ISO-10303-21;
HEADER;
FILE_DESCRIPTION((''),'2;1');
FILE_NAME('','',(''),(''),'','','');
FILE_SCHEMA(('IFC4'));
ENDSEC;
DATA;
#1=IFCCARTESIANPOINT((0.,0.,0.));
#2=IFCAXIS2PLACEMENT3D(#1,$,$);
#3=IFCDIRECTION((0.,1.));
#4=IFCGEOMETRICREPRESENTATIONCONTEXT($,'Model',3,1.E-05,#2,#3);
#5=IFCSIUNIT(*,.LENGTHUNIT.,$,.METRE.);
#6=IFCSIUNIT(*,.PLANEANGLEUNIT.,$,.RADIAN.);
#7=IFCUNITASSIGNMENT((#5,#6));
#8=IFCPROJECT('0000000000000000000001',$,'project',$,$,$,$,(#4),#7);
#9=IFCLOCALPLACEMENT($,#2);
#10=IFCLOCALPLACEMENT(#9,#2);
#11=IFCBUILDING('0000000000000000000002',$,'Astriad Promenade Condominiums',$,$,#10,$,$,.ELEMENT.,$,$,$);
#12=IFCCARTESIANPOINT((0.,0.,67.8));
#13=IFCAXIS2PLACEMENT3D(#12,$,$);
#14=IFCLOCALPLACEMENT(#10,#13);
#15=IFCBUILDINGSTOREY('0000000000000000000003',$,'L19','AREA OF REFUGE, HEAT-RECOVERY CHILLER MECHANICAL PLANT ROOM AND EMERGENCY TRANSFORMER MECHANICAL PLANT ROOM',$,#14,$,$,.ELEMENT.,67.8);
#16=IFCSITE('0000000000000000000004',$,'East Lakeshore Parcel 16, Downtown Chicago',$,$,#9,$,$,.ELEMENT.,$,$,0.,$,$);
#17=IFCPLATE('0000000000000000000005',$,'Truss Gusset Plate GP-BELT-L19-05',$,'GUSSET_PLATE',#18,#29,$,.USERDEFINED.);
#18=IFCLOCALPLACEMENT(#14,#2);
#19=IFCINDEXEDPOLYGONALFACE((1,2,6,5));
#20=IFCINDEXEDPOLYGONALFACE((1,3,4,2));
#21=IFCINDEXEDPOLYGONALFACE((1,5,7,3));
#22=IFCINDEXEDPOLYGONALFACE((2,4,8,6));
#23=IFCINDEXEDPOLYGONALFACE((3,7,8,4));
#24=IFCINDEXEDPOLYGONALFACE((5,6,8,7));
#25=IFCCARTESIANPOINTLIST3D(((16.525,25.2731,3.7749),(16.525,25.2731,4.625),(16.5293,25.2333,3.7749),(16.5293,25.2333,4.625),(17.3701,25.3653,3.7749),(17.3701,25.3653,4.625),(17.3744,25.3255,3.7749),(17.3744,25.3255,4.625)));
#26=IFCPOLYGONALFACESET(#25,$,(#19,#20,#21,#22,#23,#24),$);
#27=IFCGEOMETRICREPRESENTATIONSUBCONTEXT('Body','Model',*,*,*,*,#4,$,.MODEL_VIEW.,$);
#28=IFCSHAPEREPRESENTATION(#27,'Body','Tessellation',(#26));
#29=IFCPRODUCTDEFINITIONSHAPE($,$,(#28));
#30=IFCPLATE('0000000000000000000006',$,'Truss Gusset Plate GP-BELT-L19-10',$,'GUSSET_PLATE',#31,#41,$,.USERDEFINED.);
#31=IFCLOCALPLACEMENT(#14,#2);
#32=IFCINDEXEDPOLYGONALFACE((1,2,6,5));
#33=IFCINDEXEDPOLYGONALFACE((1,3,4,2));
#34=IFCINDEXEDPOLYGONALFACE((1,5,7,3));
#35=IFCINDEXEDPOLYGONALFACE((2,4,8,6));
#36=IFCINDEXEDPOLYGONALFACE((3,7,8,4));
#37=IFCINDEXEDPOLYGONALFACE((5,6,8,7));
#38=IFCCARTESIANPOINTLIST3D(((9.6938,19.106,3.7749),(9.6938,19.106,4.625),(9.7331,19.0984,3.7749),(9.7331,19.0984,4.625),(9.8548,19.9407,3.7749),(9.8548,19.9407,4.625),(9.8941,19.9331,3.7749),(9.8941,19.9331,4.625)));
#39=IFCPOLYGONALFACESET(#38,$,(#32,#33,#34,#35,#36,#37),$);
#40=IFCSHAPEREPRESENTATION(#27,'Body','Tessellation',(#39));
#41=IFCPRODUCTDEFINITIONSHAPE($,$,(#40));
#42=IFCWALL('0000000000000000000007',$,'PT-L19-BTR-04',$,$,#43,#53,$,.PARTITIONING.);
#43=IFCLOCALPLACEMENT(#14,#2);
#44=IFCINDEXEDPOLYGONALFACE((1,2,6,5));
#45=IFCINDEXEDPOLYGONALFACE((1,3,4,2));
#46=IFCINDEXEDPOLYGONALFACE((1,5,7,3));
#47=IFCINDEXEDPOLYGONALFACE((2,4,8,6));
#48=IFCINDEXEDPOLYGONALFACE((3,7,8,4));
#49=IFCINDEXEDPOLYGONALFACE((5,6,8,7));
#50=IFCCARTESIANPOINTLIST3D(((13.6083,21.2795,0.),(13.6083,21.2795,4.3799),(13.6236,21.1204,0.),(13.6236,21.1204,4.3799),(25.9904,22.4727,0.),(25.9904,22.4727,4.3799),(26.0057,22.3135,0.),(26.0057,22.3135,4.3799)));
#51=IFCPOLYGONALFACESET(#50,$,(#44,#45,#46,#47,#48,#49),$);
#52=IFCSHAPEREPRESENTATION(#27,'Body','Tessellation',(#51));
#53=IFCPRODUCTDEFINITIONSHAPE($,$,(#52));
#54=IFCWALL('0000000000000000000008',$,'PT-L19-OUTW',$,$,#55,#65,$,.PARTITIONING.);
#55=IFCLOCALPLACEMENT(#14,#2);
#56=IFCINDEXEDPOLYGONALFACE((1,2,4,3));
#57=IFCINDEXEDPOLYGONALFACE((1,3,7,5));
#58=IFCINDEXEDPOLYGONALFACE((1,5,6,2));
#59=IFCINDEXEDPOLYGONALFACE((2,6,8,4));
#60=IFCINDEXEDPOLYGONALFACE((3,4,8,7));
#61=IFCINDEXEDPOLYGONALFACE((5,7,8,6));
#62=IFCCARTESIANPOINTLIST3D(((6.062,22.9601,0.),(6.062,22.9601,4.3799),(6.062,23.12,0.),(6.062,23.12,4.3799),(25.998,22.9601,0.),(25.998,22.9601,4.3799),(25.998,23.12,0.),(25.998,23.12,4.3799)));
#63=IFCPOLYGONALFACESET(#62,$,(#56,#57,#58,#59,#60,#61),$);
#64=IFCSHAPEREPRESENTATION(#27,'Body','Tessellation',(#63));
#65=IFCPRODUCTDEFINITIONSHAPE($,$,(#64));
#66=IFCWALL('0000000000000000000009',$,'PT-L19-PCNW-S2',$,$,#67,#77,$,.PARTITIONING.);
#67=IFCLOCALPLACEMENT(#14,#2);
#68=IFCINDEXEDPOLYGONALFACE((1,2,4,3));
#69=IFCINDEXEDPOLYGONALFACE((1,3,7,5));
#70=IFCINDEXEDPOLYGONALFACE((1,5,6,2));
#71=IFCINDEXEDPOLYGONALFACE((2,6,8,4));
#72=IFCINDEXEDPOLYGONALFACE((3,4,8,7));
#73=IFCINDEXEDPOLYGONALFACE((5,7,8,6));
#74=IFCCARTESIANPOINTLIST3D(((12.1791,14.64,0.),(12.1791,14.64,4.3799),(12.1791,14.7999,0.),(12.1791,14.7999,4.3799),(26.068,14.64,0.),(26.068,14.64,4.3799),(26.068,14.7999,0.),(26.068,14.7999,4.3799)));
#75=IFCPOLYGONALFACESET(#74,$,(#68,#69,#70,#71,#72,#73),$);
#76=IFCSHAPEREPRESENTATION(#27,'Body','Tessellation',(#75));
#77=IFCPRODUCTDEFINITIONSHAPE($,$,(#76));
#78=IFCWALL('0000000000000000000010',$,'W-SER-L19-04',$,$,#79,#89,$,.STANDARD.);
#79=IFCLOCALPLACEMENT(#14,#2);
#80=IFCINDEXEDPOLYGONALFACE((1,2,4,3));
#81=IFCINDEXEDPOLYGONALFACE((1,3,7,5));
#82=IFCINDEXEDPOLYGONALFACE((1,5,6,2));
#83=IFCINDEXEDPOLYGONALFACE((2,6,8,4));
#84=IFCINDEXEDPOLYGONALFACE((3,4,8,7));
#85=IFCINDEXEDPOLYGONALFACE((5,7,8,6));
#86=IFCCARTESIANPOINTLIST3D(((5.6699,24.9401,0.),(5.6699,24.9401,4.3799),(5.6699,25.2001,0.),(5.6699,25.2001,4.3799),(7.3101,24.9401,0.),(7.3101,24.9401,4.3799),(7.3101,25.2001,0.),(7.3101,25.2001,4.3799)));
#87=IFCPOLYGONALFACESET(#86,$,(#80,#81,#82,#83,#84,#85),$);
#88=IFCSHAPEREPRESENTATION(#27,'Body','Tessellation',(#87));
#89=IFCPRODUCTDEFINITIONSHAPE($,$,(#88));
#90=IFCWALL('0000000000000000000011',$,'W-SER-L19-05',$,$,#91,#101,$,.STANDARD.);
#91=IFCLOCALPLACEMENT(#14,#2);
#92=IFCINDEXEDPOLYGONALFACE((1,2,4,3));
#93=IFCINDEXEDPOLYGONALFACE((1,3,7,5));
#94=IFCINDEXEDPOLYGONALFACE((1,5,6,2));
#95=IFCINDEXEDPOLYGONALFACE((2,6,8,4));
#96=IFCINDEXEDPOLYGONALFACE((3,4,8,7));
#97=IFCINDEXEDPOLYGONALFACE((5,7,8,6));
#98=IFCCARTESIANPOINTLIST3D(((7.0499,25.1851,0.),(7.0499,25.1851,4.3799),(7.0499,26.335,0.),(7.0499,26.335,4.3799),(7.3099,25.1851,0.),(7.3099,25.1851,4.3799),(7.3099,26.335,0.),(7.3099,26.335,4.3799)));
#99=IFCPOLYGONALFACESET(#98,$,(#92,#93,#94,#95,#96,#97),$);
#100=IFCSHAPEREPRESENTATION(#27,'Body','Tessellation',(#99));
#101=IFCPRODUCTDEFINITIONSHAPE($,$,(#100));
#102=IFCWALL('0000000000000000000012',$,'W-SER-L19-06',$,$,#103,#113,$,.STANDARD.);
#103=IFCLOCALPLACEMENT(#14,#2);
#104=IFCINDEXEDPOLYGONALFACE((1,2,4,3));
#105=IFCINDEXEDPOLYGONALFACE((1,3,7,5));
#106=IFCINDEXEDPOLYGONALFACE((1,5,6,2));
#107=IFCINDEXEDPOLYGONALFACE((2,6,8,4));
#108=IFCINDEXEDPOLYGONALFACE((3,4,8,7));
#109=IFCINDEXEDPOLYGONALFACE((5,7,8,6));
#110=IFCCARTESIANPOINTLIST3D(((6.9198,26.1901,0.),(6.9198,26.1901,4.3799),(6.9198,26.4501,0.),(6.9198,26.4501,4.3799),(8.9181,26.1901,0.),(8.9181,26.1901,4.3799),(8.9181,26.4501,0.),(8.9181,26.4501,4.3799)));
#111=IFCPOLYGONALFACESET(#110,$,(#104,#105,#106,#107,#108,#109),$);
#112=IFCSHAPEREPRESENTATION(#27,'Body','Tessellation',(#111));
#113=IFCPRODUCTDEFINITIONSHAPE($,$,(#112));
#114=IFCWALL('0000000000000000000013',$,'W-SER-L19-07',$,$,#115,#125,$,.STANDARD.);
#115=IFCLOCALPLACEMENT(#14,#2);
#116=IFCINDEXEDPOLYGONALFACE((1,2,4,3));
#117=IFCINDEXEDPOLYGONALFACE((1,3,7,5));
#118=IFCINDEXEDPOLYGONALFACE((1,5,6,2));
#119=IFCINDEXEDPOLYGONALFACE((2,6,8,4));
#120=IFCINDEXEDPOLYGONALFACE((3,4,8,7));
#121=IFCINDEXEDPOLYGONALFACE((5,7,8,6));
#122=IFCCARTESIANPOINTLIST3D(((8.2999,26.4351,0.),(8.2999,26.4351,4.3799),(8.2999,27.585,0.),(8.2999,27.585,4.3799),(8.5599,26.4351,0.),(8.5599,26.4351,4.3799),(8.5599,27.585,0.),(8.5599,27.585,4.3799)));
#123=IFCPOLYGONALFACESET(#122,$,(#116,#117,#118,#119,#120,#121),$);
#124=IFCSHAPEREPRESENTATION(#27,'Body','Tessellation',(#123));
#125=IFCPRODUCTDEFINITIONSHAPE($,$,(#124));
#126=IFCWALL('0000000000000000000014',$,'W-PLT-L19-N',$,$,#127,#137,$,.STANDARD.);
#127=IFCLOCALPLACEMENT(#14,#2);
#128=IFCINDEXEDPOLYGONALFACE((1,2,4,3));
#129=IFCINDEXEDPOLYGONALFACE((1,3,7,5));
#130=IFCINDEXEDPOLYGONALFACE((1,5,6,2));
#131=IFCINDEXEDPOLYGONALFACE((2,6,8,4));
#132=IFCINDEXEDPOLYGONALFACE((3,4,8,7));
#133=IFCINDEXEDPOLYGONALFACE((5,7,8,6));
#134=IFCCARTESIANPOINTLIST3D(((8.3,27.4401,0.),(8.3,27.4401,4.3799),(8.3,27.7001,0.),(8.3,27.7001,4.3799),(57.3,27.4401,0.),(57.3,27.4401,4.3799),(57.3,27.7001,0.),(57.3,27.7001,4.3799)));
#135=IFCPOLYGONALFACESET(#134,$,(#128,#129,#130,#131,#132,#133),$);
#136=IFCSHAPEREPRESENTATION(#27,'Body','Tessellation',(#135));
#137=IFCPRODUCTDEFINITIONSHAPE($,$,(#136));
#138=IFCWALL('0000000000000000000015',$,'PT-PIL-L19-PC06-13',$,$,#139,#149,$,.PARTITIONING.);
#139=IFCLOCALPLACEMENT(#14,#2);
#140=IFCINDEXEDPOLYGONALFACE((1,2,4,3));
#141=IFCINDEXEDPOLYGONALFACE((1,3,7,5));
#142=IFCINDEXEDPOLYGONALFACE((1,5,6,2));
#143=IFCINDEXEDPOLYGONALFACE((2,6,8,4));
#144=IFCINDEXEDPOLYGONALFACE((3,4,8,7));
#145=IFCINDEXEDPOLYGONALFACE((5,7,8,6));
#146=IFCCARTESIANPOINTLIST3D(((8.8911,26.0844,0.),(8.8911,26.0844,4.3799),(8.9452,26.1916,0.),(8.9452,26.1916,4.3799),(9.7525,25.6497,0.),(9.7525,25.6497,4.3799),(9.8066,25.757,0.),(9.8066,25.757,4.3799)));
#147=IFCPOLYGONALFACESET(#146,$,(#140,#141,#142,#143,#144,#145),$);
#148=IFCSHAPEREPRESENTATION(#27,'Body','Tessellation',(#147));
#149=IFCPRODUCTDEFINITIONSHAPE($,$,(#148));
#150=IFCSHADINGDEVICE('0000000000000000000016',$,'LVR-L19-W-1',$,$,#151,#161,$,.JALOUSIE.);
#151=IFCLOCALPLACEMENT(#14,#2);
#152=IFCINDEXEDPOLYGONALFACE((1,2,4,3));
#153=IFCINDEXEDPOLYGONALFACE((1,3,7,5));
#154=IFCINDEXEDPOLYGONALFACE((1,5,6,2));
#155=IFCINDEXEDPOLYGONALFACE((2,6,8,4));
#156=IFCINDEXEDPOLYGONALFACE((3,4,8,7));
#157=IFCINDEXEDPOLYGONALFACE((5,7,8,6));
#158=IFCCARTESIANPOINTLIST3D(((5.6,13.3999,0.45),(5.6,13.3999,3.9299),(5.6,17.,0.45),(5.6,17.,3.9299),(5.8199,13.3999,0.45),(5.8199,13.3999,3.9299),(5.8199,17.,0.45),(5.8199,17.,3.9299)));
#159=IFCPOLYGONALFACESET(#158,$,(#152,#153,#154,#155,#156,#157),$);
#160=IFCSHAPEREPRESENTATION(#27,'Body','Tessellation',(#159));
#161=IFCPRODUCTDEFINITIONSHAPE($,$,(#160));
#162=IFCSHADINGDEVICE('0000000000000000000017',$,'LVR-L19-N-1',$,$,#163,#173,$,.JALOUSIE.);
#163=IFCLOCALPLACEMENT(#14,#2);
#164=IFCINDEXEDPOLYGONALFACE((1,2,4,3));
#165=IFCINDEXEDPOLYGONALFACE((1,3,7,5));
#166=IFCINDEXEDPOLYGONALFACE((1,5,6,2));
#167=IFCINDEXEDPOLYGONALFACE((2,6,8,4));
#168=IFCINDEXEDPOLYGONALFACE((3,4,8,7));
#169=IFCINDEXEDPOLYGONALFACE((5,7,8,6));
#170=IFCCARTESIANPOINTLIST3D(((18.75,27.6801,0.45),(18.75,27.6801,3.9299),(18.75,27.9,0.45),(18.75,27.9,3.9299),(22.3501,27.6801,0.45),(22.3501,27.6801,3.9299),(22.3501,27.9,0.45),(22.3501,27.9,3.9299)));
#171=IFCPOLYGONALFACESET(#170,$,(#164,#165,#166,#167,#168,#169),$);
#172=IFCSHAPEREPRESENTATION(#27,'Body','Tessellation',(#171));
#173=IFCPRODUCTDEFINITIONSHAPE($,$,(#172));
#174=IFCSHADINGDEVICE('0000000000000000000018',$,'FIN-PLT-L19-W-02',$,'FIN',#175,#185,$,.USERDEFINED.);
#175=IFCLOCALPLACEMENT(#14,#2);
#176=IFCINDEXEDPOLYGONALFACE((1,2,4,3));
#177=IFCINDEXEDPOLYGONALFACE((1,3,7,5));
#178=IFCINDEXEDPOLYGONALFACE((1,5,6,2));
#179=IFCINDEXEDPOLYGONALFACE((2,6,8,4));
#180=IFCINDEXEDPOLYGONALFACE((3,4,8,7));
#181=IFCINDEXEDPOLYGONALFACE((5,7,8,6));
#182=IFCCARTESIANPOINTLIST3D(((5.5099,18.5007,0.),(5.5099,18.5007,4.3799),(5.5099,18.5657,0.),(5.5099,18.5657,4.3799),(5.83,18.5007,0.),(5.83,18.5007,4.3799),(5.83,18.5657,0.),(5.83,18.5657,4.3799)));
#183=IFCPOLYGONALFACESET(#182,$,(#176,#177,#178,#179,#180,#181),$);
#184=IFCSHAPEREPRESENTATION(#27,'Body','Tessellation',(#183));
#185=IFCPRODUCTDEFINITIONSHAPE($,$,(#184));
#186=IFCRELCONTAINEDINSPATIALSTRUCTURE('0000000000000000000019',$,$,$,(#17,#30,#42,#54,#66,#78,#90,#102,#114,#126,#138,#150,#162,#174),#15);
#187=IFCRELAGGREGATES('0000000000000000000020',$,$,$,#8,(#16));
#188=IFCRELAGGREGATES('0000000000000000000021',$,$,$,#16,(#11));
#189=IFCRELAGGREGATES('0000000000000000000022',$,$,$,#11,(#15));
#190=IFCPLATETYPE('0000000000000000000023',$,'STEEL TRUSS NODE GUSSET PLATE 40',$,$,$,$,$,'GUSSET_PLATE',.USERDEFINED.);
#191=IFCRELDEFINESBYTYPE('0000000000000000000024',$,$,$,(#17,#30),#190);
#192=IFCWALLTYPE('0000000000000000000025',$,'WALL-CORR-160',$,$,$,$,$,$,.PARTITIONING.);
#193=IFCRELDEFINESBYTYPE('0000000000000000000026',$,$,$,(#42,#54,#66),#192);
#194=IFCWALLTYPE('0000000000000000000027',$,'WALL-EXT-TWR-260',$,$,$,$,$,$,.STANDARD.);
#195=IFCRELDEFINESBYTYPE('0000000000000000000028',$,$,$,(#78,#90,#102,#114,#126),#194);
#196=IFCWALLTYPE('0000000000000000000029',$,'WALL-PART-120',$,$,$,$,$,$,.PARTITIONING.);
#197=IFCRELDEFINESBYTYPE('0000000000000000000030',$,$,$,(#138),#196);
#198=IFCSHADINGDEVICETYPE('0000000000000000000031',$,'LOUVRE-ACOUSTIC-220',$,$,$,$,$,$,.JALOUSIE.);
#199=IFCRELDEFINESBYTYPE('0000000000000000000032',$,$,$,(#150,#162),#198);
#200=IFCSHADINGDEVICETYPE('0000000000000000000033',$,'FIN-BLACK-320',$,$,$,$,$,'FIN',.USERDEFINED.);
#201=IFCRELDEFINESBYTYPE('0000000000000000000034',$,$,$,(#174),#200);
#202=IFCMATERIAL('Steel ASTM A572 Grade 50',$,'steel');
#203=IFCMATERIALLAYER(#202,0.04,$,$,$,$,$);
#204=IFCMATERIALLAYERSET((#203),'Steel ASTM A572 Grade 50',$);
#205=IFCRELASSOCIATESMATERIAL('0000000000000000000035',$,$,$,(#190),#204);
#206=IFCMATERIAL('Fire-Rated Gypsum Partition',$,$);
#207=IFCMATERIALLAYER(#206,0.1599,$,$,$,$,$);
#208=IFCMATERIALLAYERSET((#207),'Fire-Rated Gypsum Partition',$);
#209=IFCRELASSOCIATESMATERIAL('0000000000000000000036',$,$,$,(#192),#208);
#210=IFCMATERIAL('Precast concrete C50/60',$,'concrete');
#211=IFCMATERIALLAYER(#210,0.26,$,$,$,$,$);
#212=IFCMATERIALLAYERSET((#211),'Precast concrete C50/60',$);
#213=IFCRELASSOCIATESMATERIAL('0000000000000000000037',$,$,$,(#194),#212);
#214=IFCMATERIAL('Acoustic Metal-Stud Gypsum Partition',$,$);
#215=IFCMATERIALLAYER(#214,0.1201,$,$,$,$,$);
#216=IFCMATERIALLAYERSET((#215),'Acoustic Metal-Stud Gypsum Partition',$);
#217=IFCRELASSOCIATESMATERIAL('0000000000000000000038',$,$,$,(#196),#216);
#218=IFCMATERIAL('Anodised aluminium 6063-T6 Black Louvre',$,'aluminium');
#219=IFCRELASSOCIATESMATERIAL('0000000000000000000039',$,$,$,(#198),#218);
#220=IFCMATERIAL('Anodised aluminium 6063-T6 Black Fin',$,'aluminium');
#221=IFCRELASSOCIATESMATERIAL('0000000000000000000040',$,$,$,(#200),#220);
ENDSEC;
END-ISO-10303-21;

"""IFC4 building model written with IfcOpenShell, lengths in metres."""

from ifc_helpers import new_model, si_unit, direction, frame, frame_2d, origin, origin_2d, place, context, subcontext, project, spatial, rectangle, extrude, source, transform, mapped, material, layer, layer_set, type_object, type_shapes, element, save


model = new_model("IFC4")

# Units and contexts
model_context = context("Model", 3, precision=1e-05, world=origin(), true_north=direction((0.0, 1.0)))
body_context = subcontext(model_context, "Body", "Model", "MODEL_VIEW")
ifc_project = project(units=[si_unit("LENGTHUNIT", "METRE"), si_unit("PLANEANGLEUNIT", "RADIAN")], contexts=[model_context])

# Site, building, storey
site_placement = place(None, origin())
site = spatial("IfcSite", under=ifc_project, at=site_placement, Name="East Lakeshore Parcel 16, Downtown Chicago", CompositionType="ELEMENT", RefElevation=0.0)
building_placement = place(site_placement, origin())
building = spatial("IfcBuilding", under=site, at=building_placement, Name="Astriad Promenade Condominiums", CompositionType="ELEMENT")
storey_placement = place(building_placement, frame((0.0, 0.0, 67.8)))
storey = spatial("IfcBuildingStorey", under=building, at=storey_placement, Name="L19", Description="AREA OF REFUGE, HEAT-RECOVERY CHILLER MECHANICAL PLANT ROOM AND EMERGENCY TRANSFORMER MECHANICAL PLANT ROOM", CompositionType="ELEMENT", Elevation=67.8)

# Plates
ifc_material_1 = material(Name="Steel ASTM A572 Grade 50", Category="steel")
ifc_layer_1 = layer(ifc_material_1, 0.04)
ifc_layer_set_1 = layer_set([ifc_layer_1], Name="Steel ASTM A572 Grade 50")
plate_type_1 = type_object("IfcPlateType", Name="STEEL TRUSS NODE GUSSET PLATE 40", ElementType="GUSSET_PLATE", PredefinedType="USERDEFINED", material=ifc_layer_set_1)
shared_shape_1 = source(origin(), body_context, "Body", "SweptSolid", [
    extrude(rectangle(XDim=0.8501, YDim=0.04, at=origin_2d()), origin(), (0.0, 0.0, 1.0), 0.8501),
])
type_shapes(plate_type_1, [shared_shape_1])
for number, where, z_axis, x_axis, name in (
    (1, (16.9497, 25.2993, 3.7749), (0.0, 0.0, 1.0), (0.994094, 0.10852, 0.0), "Truss Gusset Plate GP-BELT-L19-05"),
    (2, (9.7939, 19.5195, 3.7749), (0.0, 0.0, 1.0), (0.189438, 0.981893, 0.0), "Truss Gusset Plate GP-BELT-L19-10"),
):
    element("IfcPlate", number, at=place(storey_placement, frame(where, z_axis=z_axis, x_axis=x_axis)), inside=storey, type_object=plate_type_1, Name=name, ObjectType="GUSSET_PLATE", PredefinedType="USERDEFINED", context=body_context, shape_type="MappedRepresentation", body=[
        mapped(shared_shape_1, transform((0.0, 0.0, 0.0), scale=1.0)),
    ])

# Walls
ifc_material_2 = material(Name="Fire-Rated Gypsum Partition")
ifc_layer_2 = layer(ifc_material_2, 0.1599)
ifc_layer_set_2 = layer_set([ifc_layer_2], Name="Fire-Rated Gypsum Partition")
wall_type_1 = type_object("IfcWallType", Name="WALL-CORR-160", PredefinedType="PARTITIONING", material=ifc_layer_set_2)
wall_1_placement = place(storey_placement, frame((13.616, 21.2, 0.0), z_axis=(0.0, 0.0, 1.0), x_axis=(0.99539, 0.095914, 0.0)))
element("IfcWall", 3, at=wall_1_placement, inside=storey, type_object=wall_type_1, Name="PT-L19-BTR-04", PredefinedType="PARTITIONING", context=body_context, shape_type="SweptSolid", body=[
    extrude(rectangle(XDim=12.4395, YDim=0.1599, at=frame_2d((6.2197, 0.0))), origin(), (0.0, 0.0, 1.0), 4.3799),
])
wall_2_placement = place(storey_placement, frame((6.062, 23.04, 0.0), z_axis=(0.0, 0.0, 1.0), x_axis=(1.0, 0.0, 0.0)))
element("IfcWall", 4, at=wall_2_placement, inside=storey, type_object=wall_type_1, Name="PT-L19-OUTW", PredefinedType="PARTITIONING", context=body_context, shape_type="SweptSolid", body=[
    extrude(rectangle(XDim=19.936, YDim=0.1599, at=frame_2d((9.968, 0.0))), origin(), (0.0, 0.0, 1.0), 4.3799),
])
wall_3_placement = place(storey_placement, frame((12.1792, 14.72, 0.0), z_axis=(0.0, 0.0, 1.0), x_axis=(1.0, 0.0, 0.0)))
element("IfcWall", 5, at=wall_3_placement, inside=storey, type_object=wall_type_1, Name="PT-L19-PCNW-S2", PredefinedType="PARTITIONING", context=body_context, shape_type="SweptSolid", body=[
    extrude(rectangle(XDim=13.8889, YDim=0.1599, at=frame_2d((6.9443, 0.0))), origin(), (0.0, 0.0, 1.0), 4.3799),
])
ifc_material_3 = material(Name="Precast concrete C50/60", Category="concrete")
ifc_layer_3 = layer(ifc_material_3, 0.26)
ifc_layer_set_3 = layer_set([ifc_layer_3], Name="Precast concrete C50/60")
wall_type_2 = type_object("IfcWallType", Name="WALL-EXT-TWR-260", PredefinedType="STANDARD", material=ifc_layer_set_3)
wall_4_placement = place(storey_placement, frame((5.6699, 25.0701, 0.0), z_axis=(0.0, 0.0, 1.0), x_axis=(1.0, 0.0, 0.0)))
element("IfcWall", 6, at=wall_4_placement, inside=storey, type_object=wall_type_2, Name="W-SER-L19-04", PredefinedType="STANDARD", context=body_context, shape_type="SweptSolid", body=[
    extrude(rectangle(XDim=1.6401, YDim=0.26, at=frame_2d((0.8201, 0.0))), origin(), (0.0, 0.0, 1.0), 4.3799),
])
wall_5_placement = place(storey_placement, frame((7.1799, 25.1851, 0.0), z_axis=(0.0, 0.0, 1.0), x_axis=(0.0, 1.0, 0.0)))
element("IfcWall", 7, at=wall_5_placement, inside=storey, type_object=wall_type_2, Name="W-SER-L19-05", PredefinedType="STANDARD", context=body_context, shape_type="SweptSolid", body=[
    extrude(rectangle(XDim=1.1499, YDim=0.26, at=frame_2d((0.575, 0.0))), origin(), (0.0, 0.0, 1.0), 4.3799),
])
wall_6_placement = place(storey_placement, frame((6.9199, 26.3201, 0.0), z_axis=(0.0, 0.0, 1.0), x_axis=(1.0, 0.0, 0.0)))
element("IfcWall", 8, at=wall_6_placement, inside=storey, type_object=wall_type_2, Name="W-SER-L19-06", PredefinedType="STANDARD", context=body_context, shape_type="SweptSolid", body=[
    extrude(rectangle(XDim=1.9983, YDim=0.26, at=frame_2d((0.999, 0.0))), origin(), (0.0, 0.0, 1.0), 4.3799),
])
wall_7_placement = place(storey_placement, frame((8.4299, 26.4351, 0.0), z_axis=(0.0, 0.0, 1.0), x_axis=(0.0, 1.0, 0.0)))
element("IfcWall", 9, at=wall_7_placement, inside=storey, type_object=wall_type_2, Name="W-SER-L19-07", PredefinedType="STANDARD", context=body_context, shape_type="SweptSolid", body=[
    extrude(rectangle(XDim=1.1499, YDim=0.26, at=frame_2d((0.575, 0.0))), origin(), (0.0, 0.0, 1.0), 4.3799),
])
wall_8_placement = place(storey_placement, frame((8.3, 27.5701, 0.0), z_axis=(0.0, 0.0, 1.0), x_axis=(1.0, 0.0, 0.0)))
element("IfcWall", 10, at=wall_8_placement, inside=storey, type_object=wall_type_2, Name="W-PLT-L19-N", PredefinedType="STANDARD", context=body_context, shape_type="SweptSolid", body=[
    extrude(rectangle(XDim=49.0, YDim=0.26, at=frame_2d((24.5, 0.0))), origin(), (0.0, 0.0, 1.0), 4.3799),
])
ifc_material_4 = material(Name="Acoustic Metal-Stud Gypsum Partition")
ifc_layer_4 = layer(ifc_material_4, 0.1201)
ifc_layer_set_4 = layer_set([ifc_layer_4], Name="Acoustic Metal-Stud Gypsum Partition")
wall_type_3 = type_object("IfcWallType", Name="WALL-PART-120", PredefinedType="PARTITIONING", material=ifc_layer_set_4)
wall_9_placement = place(storey_placement, frame((9.7795, 25.7034, 0.0), z_axis=(0.0, 0.0, 1.0), x_axis=(-0.892802, 0.45045, 0.0)))
element("IfcWall", 11, at=wall_9_placement, inside=storey, type_object=wall_type_3, Name="PT-PIL-L19-PC06-13", PredefinedType="PARTITIONING", context=body_context, shape_type="SweptSolid", body=[
    extrude(rectangle(XDim=0.9648, YDim=0.1201, at=frame_2d((0.4824, 0.0))), origin(), (0.0, 0.0, 1.0), 4.3799),
])

# Shading devices
ifc_material_5 = material(Name="Anodised aluminium 6063-T6 Black Louvre", Category="aluminium")
shading_device_type_1 = type_object("IfcShadingDeviceType", Name="LOUVRE-ACOUSTIC-220", PredefinedType="JALOUSIE", material=ifc_material_5)
shared_shape_2 = source(origin(), body_context, "Body", "SweptSolid", [
    extrude(rectangle(XDim=3.6001, YDim=0.22, at=origin_2d()), origin(), (0.0, 0.0, 1.0), 3.48),
])
type_shapes(shading_device_type_1, [shared_shape_2])
for number, where, z_axis, x_axis, name in (
    (12, (5.71, 15.2, 0.45), (0.0, 0.0, 1.0), (0.0, 1.0, 0.0), "LVR-L19-W-1"),
    (13, (20.55, 27.79, 0.45), (0.0, 0.0, 1.0), (1.0, 0.0, 0.0), "LVR-L19-N-1"),
):
    element("IfcShadingDevice", number, at=place(storey_placement, frame(where, z_axis=z_axis, x_axis=x_axis)), inside=storey, type_object=shading_device_type_1, Name=name, PredefinedType="JALOUSIE", context=body_context, shape_type="MappedRepresentation", body=[
        mapped(shared_shape_2, transform((0.0, 0.0, 0.0), scale=1.0)),
    ])
ifc_material_6 = material(Name="Anodised aluminium 6063-T6 Black Fin", Category="aluminium")
shading_device_type_2 = type_object("IfcShadingDeviceType", Name="FIN-BLACK-320", ElementType="FIN", PredefinedType="USERDEFINED", material=ifc_material_6)
shared_shape_3 = source(origin(), body_context, "Body", "SweptSolid", [
    extrude(rectangle(XDim=0.0649, YDim=0.3201, at=origin_2d()), origin(), (0.0, 0.0, 1.0), 4.3799),
])
type_shapes(shading_device_type_2, [shared_shape_3])
for number, where, z_axis, x_axis, name in (
    (14, (5.6699, 18.5332, 0.0), (0.0, 0.0, 1.0), (0.0, 1.0, 0.0), "FIN-PLT-L19-W-02"),
):
    element("IfcShadingDevice", number, at=place(storey_placement, frame(where, z_axis=z_axis, x_axis=x_axis)), inside=storey, type_object=shading_device_type_2, Name=name, ObjectType="FIN", PredefinedType="USERDEFINED", context=body_context, shape_type="MappedRepresentation", body=[
        mapped(shared_shape_3, transform((0.0, 0.0, 0.0), scale=1.0)),
    ])

save(model, "model.ifc")
